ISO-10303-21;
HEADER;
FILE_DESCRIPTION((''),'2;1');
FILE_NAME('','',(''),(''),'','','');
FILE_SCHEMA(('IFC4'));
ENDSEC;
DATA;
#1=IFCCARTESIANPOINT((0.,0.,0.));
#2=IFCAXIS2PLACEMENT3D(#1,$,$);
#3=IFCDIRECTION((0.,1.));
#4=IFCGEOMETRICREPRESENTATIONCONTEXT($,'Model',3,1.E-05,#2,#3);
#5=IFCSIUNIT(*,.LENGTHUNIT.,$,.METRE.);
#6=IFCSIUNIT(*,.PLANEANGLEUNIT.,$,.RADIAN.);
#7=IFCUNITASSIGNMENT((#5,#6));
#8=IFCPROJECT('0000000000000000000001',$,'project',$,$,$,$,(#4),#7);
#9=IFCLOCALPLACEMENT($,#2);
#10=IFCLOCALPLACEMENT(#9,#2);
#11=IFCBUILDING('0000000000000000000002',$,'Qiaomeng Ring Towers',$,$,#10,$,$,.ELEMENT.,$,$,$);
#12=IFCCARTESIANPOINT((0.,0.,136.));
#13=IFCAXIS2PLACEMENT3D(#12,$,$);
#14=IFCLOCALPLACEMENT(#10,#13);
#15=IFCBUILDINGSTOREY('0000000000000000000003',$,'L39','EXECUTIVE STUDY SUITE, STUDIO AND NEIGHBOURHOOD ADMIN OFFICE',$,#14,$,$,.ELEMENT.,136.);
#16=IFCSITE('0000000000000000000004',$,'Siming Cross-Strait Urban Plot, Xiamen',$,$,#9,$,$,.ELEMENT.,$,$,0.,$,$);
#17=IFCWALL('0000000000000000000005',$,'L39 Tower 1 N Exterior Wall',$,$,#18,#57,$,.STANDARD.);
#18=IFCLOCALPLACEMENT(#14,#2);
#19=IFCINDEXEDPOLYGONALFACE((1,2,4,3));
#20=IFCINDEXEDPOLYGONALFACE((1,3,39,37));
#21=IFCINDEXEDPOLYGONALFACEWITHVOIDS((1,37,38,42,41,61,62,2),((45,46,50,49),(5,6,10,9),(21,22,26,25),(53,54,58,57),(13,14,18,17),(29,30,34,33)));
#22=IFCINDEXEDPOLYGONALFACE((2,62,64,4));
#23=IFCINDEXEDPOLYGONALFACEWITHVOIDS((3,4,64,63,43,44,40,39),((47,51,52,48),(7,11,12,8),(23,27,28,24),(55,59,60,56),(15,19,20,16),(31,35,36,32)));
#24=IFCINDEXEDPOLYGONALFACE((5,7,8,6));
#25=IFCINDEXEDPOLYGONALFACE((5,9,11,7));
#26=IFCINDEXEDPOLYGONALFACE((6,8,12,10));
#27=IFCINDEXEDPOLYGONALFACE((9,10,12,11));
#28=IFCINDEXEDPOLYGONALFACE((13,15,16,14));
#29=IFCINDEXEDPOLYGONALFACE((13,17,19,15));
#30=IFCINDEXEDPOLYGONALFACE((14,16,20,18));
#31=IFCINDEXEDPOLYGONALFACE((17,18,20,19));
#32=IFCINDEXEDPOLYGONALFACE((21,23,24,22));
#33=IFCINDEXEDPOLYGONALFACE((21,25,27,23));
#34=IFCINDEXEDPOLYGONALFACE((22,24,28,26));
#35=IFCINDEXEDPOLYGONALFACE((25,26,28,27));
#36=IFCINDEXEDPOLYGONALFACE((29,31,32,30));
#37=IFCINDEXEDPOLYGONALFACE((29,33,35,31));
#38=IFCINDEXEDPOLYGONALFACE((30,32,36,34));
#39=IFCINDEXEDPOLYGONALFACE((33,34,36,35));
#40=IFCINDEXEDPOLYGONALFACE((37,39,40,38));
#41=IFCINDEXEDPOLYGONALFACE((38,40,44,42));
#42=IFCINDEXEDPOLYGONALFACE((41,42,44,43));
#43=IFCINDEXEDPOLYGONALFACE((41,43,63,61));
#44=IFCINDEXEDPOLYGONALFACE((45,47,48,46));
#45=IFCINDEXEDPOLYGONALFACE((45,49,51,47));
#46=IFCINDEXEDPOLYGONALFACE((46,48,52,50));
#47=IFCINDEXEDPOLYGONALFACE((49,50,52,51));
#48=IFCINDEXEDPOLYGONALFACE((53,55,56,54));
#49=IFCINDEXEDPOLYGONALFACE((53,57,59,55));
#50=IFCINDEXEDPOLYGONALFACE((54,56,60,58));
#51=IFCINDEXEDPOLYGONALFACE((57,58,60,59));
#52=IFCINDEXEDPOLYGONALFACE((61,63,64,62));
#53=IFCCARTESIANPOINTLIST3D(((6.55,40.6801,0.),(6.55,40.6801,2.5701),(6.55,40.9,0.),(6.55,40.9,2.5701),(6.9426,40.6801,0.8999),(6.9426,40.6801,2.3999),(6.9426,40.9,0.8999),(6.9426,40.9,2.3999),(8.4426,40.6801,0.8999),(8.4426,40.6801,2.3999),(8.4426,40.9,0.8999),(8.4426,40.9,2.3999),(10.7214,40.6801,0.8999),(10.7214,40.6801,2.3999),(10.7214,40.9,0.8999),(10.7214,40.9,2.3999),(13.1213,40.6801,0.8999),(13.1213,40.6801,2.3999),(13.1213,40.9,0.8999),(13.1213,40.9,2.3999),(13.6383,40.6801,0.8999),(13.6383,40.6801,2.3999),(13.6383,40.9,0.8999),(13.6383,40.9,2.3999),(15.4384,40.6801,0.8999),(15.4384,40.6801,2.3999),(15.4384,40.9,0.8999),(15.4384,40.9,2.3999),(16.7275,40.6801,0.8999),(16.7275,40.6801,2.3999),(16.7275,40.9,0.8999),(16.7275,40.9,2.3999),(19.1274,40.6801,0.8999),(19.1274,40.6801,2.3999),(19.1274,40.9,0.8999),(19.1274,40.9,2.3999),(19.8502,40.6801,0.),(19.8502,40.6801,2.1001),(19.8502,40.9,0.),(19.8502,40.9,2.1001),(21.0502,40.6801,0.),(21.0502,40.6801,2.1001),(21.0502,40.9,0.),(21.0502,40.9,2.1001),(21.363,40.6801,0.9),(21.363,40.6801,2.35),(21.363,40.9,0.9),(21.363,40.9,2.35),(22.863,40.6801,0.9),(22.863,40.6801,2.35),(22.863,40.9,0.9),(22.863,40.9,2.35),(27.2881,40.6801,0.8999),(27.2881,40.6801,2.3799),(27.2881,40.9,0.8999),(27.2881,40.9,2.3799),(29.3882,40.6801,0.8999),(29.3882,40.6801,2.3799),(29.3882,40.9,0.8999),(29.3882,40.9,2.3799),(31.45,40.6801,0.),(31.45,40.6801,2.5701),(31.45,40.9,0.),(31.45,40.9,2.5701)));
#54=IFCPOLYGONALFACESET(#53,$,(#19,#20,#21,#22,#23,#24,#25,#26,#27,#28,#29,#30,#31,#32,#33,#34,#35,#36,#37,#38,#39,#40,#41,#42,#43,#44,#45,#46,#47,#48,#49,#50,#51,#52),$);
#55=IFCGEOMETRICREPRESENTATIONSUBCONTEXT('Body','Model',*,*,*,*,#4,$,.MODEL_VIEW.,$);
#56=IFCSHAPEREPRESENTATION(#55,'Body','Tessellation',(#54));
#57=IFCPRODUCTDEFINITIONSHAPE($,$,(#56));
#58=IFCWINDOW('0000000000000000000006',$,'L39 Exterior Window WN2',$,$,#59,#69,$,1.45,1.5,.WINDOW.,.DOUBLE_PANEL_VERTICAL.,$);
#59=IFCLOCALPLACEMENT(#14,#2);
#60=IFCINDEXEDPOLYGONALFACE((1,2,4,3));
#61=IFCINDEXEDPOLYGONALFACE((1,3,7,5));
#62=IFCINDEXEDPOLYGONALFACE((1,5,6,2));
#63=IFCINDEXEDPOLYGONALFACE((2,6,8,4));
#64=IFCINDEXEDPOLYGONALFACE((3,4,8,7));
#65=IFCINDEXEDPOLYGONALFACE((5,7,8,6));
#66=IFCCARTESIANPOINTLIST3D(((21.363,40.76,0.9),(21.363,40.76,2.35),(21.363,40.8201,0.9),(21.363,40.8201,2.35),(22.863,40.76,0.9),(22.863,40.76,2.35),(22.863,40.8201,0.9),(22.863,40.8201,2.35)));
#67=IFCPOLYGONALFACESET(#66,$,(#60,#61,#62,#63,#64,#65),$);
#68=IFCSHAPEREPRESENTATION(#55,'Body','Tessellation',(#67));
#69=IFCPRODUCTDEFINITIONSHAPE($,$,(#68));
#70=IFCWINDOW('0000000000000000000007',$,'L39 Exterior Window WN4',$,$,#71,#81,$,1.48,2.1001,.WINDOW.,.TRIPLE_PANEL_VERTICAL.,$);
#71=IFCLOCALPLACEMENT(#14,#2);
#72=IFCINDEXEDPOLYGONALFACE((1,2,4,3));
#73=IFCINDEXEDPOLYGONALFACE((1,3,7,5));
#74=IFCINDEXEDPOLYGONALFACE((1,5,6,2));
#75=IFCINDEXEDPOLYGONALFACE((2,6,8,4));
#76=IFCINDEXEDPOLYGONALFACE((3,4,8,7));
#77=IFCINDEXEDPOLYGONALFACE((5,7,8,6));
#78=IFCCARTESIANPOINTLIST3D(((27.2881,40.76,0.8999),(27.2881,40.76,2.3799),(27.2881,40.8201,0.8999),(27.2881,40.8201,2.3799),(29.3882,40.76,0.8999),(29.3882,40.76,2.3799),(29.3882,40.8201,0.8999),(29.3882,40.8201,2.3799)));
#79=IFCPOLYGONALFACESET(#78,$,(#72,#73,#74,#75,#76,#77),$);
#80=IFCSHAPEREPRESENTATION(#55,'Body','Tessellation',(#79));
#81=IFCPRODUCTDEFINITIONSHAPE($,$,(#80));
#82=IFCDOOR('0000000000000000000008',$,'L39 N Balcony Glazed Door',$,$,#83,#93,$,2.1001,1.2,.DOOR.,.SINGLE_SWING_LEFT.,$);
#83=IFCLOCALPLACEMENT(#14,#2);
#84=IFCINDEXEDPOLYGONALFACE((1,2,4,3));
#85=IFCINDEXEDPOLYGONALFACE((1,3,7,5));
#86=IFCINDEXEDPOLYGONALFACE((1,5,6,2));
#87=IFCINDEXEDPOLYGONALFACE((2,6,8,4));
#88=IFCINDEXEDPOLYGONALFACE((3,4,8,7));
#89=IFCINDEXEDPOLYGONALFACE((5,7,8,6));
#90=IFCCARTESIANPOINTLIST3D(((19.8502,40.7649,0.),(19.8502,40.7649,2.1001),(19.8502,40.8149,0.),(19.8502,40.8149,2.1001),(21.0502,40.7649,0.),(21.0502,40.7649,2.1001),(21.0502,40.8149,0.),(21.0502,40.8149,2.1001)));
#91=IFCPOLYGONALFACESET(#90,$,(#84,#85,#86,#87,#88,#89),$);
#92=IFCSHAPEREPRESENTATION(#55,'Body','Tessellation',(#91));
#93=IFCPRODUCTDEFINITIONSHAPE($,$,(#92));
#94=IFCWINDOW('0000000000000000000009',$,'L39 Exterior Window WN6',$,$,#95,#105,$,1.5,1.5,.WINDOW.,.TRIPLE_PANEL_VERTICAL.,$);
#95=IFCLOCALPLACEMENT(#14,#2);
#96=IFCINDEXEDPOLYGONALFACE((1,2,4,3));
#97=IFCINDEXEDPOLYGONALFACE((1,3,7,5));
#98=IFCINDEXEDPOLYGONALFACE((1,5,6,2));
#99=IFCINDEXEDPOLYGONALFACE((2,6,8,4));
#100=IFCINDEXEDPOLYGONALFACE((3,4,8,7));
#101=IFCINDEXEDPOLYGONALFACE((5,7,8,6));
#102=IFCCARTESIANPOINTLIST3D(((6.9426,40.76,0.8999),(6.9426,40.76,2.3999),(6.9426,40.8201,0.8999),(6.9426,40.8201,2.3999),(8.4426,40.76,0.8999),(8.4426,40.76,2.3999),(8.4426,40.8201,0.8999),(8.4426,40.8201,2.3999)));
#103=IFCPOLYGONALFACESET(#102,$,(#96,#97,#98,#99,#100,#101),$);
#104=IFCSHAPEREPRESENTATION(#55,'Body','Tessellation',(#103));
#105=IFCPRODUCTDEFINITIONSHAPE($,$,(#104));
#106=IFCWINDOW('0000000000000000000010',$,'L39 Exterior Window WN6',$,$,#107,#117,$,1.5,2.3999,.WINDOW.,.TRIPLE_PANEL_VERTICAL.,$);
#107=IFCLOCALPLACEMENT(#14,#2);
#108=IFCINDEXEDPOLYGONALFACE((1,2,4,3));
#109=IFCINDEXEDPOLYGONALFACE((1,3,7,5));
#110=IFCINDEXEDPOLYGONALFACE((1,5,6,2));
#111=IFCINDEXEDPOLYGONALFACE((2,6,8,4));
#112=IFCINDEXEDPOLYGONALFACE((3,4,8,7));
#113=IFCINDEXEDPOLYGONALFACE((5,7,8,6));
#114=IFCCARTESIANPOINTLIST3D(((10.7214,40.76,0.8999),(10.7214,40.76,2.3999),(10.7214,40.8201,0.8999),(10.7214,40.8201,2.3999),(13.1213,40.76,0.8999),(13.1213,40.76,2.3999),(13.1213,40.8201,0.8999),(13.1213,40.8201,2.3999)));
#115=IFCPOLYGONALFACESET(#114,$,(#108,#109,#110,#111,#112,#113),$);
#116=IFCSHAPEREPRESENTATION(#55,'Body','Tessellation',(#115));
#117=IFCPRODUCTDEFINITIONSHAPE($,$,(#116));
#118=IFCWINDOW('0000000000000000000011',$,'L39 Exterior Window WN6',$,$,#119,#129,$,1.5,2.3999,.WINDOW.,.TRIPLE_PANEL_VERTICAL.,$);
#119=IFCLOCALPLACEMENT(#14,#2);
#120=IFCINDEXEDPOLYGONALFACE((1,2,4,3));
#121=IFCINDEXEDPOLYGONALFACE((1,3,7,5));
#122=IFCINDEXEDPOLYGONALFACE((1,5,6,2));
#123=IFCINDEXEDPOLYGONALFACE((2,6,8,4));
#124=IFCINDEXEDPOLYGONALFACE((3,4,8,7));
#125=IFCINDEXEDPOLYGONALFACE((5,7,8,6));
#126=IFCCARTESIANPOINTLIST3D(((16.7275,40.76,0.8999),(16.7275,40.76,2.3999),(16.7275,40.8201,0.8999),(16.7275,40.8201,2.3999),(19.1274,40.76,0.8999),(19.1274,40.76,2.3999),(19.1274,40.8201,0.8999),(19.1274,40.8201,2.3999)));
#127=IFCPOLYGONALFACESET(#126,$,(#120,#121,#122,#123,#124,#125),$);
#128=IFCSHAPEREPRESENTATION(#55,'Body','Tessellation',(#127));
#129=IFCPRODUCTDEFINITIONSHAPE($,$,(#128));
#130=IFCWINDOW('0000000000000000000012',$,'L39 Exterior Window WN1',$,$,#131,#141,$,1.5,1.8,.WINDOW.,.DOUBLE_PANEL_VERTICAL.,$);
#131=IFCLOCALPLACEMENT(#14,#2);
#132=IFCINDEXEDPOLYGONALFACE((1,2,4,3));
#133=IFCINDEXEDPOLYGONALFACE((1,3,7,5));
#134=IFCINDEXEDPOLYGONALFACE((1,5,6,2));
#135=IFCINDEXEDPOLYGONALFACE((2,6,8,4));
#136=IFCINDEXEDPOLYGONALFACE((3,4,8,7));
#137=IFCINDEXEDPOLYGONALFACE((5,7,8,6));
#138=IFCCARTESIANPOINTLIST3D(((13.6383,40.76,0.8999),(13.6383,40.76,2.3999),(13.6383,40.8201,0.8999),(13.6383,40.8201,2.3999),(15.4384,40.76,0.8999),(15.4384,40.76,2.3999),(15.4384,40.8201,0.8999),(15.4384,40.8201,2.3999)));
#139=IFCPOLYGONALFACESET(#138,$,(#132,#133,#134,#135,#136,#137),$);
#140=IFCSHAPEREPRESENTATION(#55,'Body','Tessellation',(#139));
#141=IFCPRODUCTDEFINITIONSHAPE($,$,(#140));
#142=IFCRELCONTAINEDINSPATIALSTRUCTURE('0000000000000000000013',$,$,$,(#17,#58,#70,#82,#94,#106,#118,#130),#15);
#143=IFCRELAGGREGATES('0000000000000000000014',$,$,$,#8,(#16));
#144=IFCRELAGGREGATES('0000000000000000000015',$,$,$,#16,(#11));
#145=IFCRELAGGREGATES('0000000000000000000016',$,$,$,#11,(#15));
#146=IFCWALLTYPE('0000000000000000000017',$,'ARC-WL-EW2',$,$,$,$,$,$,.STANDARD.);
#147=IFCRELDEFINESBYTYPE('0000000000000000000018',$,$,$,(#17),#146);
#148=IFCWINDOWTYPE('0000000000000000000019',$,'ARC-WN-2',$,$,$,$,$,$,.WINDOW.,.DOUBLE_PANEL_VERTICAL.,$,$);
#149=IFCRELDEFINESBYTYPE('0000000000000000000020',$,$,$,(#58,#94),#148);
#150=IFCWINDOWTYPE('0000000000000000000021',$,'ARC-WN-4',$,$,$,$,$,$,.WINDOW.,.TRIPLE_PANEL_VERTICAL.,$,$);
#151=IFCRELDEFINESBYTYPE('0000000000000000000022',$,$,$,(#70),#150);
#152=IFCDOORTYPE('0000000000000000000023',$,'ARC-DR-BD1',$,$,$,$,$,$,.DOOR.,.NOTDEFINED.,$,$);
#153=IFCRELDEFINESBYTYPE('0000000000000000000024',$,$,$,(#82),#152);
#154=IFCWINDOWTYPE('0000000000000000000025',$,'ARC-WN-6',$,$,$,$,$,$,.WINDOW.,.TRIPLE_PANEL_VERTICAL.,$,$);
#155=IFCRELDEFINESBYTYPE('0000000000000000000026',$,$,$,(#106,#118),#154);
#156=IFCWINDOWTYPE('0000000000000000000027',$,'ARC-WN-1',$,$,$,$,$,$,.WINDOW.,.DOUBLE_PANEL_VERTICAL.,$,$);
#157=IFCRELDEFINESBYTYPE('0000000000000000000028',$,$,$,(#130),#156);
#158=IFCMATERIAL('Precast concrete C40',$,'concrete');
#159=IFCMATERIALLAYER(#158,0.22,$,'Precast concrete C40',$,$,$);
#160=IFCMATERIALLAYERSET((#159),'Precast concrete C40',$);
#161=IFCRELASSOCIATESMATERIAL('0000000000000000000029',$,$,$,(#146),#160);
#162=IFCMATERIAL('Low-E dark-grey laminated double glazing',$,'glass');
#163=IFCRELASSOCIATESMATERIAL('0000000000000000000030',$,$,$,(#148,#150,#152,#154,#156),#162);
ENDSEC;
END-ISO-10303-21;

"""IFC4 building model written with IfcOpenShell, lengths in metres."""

from ifc_helpers import new_model, si_unit, direction, frame, frame_2d, origin, place, context, subcontext, project, spatial, rectangle, extrude, source, transform, mapped, material, layer, layer_set, type_object, element, fill, save


model = new_model("IFC4")

# Units and contexts
model_context = context("Model", 3, precision=1e-05, world=origin(), true_north=direction((0.0, 1.0)))
body_context = subcontext(model_context, "Body", "Model", "MODEL_VIEW")
ifc_project = project(units=[si_unit("LENGTHUNIT", "METRE"), si_unit("PLANEANGLEUNIT", "RADIAN")], contexts=[model_context])

# Site, building, storey
site_placement = place(None, origin())
site = spatial("IfcSite", under=ifc_project, at=site_placement, Name="Siming Cross-Strait Urban Plot, Xiamen", CompositionType="ELEMENT", RefElevation=0.0)
building_placement = place(site_placement, origin())
building = spatial("IfcBuilding", under=site, at=building_placement, Name="Qiaomeng Ring Towers", CompositionType="ELEMENT")
storey_placement = place(building_placement, frame((0.0, 0.0, 136.0)))
storey = spatial("IfcBuildingStorey", under=building, at=storey_placement, Name="L39", Description="EXECUTIVE STUDY SUITE, STUDIO AND NEIGHBOURHOOD ADMIN OFFICE", CompositionType="ELEMENT", Elevation=136.0)

# Shared definitions
ifc_material_1 = material(Name="Low-E dark-grey laminated double glazing", Category="glass")

# Wall, openings, windows, door
ifc_material_2 = material(Name="Precast concrete C40", Category="concrete")
ifc_layer_1 = layer(ifc_material_2, 0.22, Name="Precast concrete C40")
ifc_layer_set_1 = layer_set([ifc_layer_1], Name="Precast concrete C40")
wall_type_1 = type_object("IfcWallType", Name="ARC-WL-EW2", PredefinedType="STANDARD", material=ifc_layer_set_1)
wall_1_placement = place(storey_placement, frame((6.55, 40.79, 0.0), z_axis=(0.0, 0.0, 1.0), x_axis=(1.0, 0.0, 0.0)))
wall_1 = element("IfcWall", 1, at=wall_1_placement, inside=storey, type_object=wall_type_1, Name="L39 Tower 1 N Exterior Wall", PredefinedType="STANDARD", context=body_context, shape_type="SweptSolid", body=[
    extrude(rectangle(XDim=24.8999, YDim=0.22, at=frame_2d((12.45, 0.0))), origin(), (0.0, 0.0, 1.0), 2.5701),
])
opening_1_placement = place(wall_1_placement, frame((13.3, 0.0, 0.0)))
opening_1 = element("IfcOpeningElement", 2, at=opening_1_placement, cuts=wall_1, PredefinedType="OPENING", context=body_context, shape_type="SweptSolid", body=[
    extrude(rectangle(XDim=1.2, YDim=2.1001, at=frame_2d((0.6001, 1.05))), frame((0.0, 0.1199, 0.0), z_axis=(0.0, -1.0, 0.0), x_axis=(1.0, 0.0, 0.0)), (0.0, 0.0, 1.0), 0.24),
])
opening_2_placement = place(wall_1_placement, frame((0.3926, 0.0, 0.8999)))
opening_2 = element("IfcOpeningElement", 3, at=opening_2_placement, cuts=wall_1, PredefinedType="OPENING", context=body_context, shape_type="SweptSolid", body=[
    extrude(rectangle(XDim=1.5, YDim=1.5, at=frame_2d((0.75, 0.75))), frame((0.0, 0.1199, 0.0), z_axis=(0.0, -1.0, 0.0), x_axis=(1.0, 0.0, 0.0)), (0.0, 0.0, 1.0), 0.24),
])
opening_3_placement = place(wall_1_placement, frame((7.0884, 0.0, 0.8999)))
opening_3 = element("IfcOpeningElement", 4, at=opening_3_placement, cuts=wall_1, PredefinedType="OPENING", context=body_context, shape_type="SweptSolid", body=[
    extrude(rectangle(XDim=1.8, YDim=1.5, at=frame_2d((0.8999, 0.75))), frame((0.0, 0.1199, 0.0), z_axis=(0.0, -1.0, 0.0), x_axis=(1.0, 0.0, 0.0)), (0.0, 0.0, 1.0), 0.24),
])
opening_4_placement = place(wall_1_placement, frame((14.813, 0.0, 0.8999)))
opening_4 = element("IfcOpeningElement", 5, at=opening_4_placement, cuts=wall_1, PredefinedType="OPENING", context=body_context, shape_type="SweptSolid", body=[
    extrude(rectangle(XDim=1.5, YDim=1.45, at=frame_2d((0.75, 0.7251))), frame((0.0, 0.1199, 0.0), z_axis=(0.0, -1.0, 0.0), x_axis=(1.0, 0.0, 0.0)), (0.0, 0.0, 1.0), 0.24),
])
opening_5_placement = place(wall_1_placement, frame((20.738, 0.0, 0.8999)))
opening_5 = element("IfcOpeningElement", 6, at=opening_5_placement, cuts=wall_1, PredefinedType="OPENING", context=body_context, shape_type="SweptSolid", body=[
    extrude(rectangle(XDim=2.1001, YDim=1.48, at=frame_2d((1.05, 0.74))), frame((0.0, 0.1199, 0.0), z_axis=(0.0, -1.0, 0.0), x_axis=(1.0, 0.0, 0.0)), (0.0, 0.0, 1.0), 0.24),
])
opening_6_placement = place(wall_1_placement, frame((4.1714, 0.0, 0.8999)))
opening_6 = element("IfcOpeningElement", 7, at=opening_6_placement, cuts=wall_1, PredefinedType="OPENING", context=body_context, shape_type="SweptSolid", body=[
    extrude(rectangle(XDim=2.3999, YDim=1.5, at=frame_2d((1.2, 0.75))), frame((0.0, 0.1199, 0.0), z_axis=(0.0, -1.0, 0.0), x_axis=(1.0, 0.0, 0.0)), (0.0, 0.0, 1.0), 0.24),
])
opening_7_placement = place(wall_1_placement, frame((10.1775, 0.0, 0.8999)))
opening_7 = element("IfcOpeningElement", 8, at=opening_7_placement, cuts=wall_1, PredefinedType="OPENING", context=body_context, shape_type="SweptSolid", body=[
    extrude(rectangle(XDim=2.3999, YDim=1.5, at=frame_2d((1.2, 0.75))), frame((0.0, 0.1199, 0.0), z_axis=(0.0, -1.0, 0.0), x_axis=(1.0, 0.0, 0.0)), (0.0, 0.0, 1.0), 0.24),
])
window_type_1 = type_object("IfcWindowType", Name="ARC-WN-2", PartitioningType="DOUBLE_PANEL_VERTICAL", PredefinedType="WINDOW", material=ifc_material_1)
shared_shape_1 = source(origin(), body_context, "Body", "SweptSolid", [
    extrude(rectangle(XDim=1.5, YDim=1.45, at=frame_2d((0.75, 0.7251))), frame((0.0, 0.03, 0.0), z_axis=(0.0, -1.0, 0.0), x_axis=(1.0, 0.0, 0.0)), (0.0, 0.0, 1.0), 0.0601),
])
window_1_placement = place(opening_4_placement, origin())
window_1 = element("IfcWindow", 9, at=window_1_placement, inside=storey, type_object=window_type_1, Name="L39 Exterior Window WN2", OverallHeight=1.45, OverallWidth=1.5, PartitioningType="DOUBLE_PANEL_VERTICAL", PredefinedType="WINDOW", context=body_context, shape_type="MappedRepresentation", body=[
    mapped(shared_shape_1, transform((0.0, 0.0, 0.0), x_axis=(1.0, 0.0, 0.0), y_axis=(0.0, 1.0, 0.0), z_axis=(0.0, 0.0, 1.0), scale=1.0)),
])
fill(opening_4, window_1)
window_type_2 = type_object("IfcWindowType", Name="ARC-WN-4", PartitioningType="TRIPLE_PANEL_VERTICAL", PredefinedType="WINDOW", material=ifc_material_1)
shared_shape_2 = source(origin(), body_context, "Body", "SweptSolid", [
    extrude(rectangle(XDim=2.1001, YDim=1.48, at=frame_2d((1.05, 0.74))), frame((0.0, 0.03, 0.0), z_axis=(0.0, -1.0, 0.0), x_axis=(1.0, 0.0, 0.0)), (0.0, 0.0, 1.0), 0.0601),
])
window_2_placement = place(opening_5_placement, origin())
window_2 = element("IfcWindow", 10, at=window_2_placement, inside=storey, type_object=window_type_2, Name="L39 Exterior Window WN4", OverallHeight=1.48, OverallWidth=2.1001, PartitioningType="TRIPLE_PANEL_VERTICAL", PredefinedType="WINDOW", context=body_context, shape_type="MappedRepresentation", body=[
    mapped(shared_shape_2, transform((0.0, 0.0, 0.0), x_axis=(1.0, 0.0, 0.0), y_axis=(0.0, 1.0, 0.0), z_axis=(0.0, 0.0, 1.0), scale=1.0)),
])
fill(opening_5, window_2)
door_type_1 = type_object("IfcDoorType", Name="ARC-DR-BD1", OperationType="NOTDEFINED", PredefinedType="DOOR", material=ifc_material_1)
shared_shape_3 = source(origin(), body_context, "Body", "SweptSolid", [
    extrude(rectangle(XDim=1.2, YDim=2.1001, at=frame_2d((0.6001, 1.05))), frame((0.0, 0.0249, 0.0), z_axis=(0.0, -1.0, 0.0), x_axis=(1.0, 0.0, 0.0)), (0.0, 0.0, 1.0), 0.05),
])
door_1_placement = place(opening_1_placement, origin())
door_1 = element("IfcDoor", 11, at=door_1_placement, inside=storey, type_object=door_type_1, Name="L39 N Balcony Glazed Door", OperationType="SINGLE_SWING_LEFT", OverallHeight=2.1001, OverallWidth=1.2, PredefinedType="DOOR", context=body_context, shape_type="MappedRepresentation", body=[
    mapped(shared_shape_3, transform((0.0, 0.0, 0.0), x_axis=(1.0, 0.0, 0.0), y_axis=(0.0, 1.0, 0.0), z_axis=(0.0, 0.0, 1.0), scale=1.0)),
])
fill(opening_1, door_1)
shared_shape_4 = source(origin(), body_context, "Body", "SweptSolid", [
    extrude(rectangle(XDim=1.5, YDim=1.5, at=frame_2d((0.75, 0.75))), frame((0.0, 0.03, 0.0), z_axis=(0.0, -1.0, 0.0), x_axis=(1.0, 0.0, 0.0)), (0.0, 0.0, 1.0), 0.0601),
])
window_3_placement = place(opening_2_placement, origin())
window_3 = element("IfcWindow", 12, at=window_3_placement, inside=storey, type_object=window_type_1, Name="L39 Exterior Window WN6", OverallHeight=1.5, OverallWidth=1.5, PartitioningType="TRIPLE_PANEL_VERTICAL", PredefinedType="WINDOW", context=body_context, shape_type="MappedRepresentation", body=[
    mapped(shared_shape_4, transform((0.0, 0.0, 0.0), x_axis=(1.0, 0.0, 0.0), y_axis=(0.0, 1.0, 0.0), z_axis=(0.0, 0.0, 1.0), scale=1.0)),
])
fill(opening_2, window_3)
window_type_3 = type_object("IfcWindowType", Name="ARC-WN-6", PartitioningType="TRIPLE_PANEL_VERTICAL", PredefinedType="WINDOW", material=ifc_material_1)
shared_shape_5 = source(origin(), body_context, "Body", "SweptSolid", [
    extrude(rectangle(XDim=2.3999, YDim=1.5, at=frame_2d((1.2, 0.75))), frame((0.0, 0.03, 0.0), z_axis=(0.0, -1.0, 0.0), x_axis=(1.0, 0.0, 0.0)), (0.0, 0.0, 1.0), 0.0601),
])
window_4_placement = place(opening_6_placement, origin())
window_4 = element("IfcWindow", 13, at=window_4_placement, inside=storey, type_object=window_type_3, Name="L39 Exterior Window WN6", OverallHeight=1.5, OverallWidth=2.3999, PartitioningType="TRIPLE_PANEL_VERTICAL", PredefinedType="WINDOW", context=body_context, shape_type="MappedRepresentation", body=[
    mapped(shared_shape_5, transform((0.0, 0.0, 0.0), x_axis=(1.0, 0.0, 0.0), y_axis=(0.0, 1.0, 0.0), z_axis=(0.0, 0.0, 1.0), scale=1.0)),
])
fill(opening_6, window_4)
window_5_placement = place(opening_7_placement, origin())
window_5 = element("IfcWindow", 14, at=window_5_placement, inside=storey, type_object=window_type_3, Name="L39 Exterior Window WN6", OverallHeight=1.5, OverallWidth=2.3999, PartitioningType="TRIPLE_PANEL_VERTICAL", PredefinedType="WINDOW", context=body_context, shape_type="MappedRepresentation", body=[
    mapped(shared_shape_5, transform((0.0, 0.0, 0.0), x_axis=(1.0, 0.0, 0.0), y_axis=(0.0, 1.0, 0.0), z_axis=(0.0, 0.0, 1.0), scale=1.0)),
])
fill(opening_7, window_5)
window_type_4 = type_object("IfcWindowType", Name="ARC-WN-1", PartitioningType="DOUBLE_PANEL_VERTICAL", PredefinedType="WINDOW", material=ifc_material_1)
shared_shape_6 = source(origin(), body_context, "Body", "SweptSolid", [
    extrude(rectangle(XDim=1.8, YDim=1.5, at=frame_2d((0.8999, 0.75))), frame((0.0, 0.03, 0.0), z_axis=(0.0, -1.0, 0.0), x_axis=(1.0, 0.0, 0.0)), (0.0, 0.0, 1.0), 0.0601),
])
window_6_placement = place(opening_3_placement, origin())
window_6 = element("IfcWindow", 15, at=window_6_placement, inside=storey, type_object=window_type_4, Name="L39 Exterior Window WN1", OverallHeight=1.5, OverallWidth=1.8, PartitioningType="DOUBLE_PANEL_VERTICAL", PredefinedType="WINDOW", context=body_context, shape_type="MappedRepresentation", body=[
    mapped(shared_shape_6, transform((0.0, 0.0, 0.0), x_axis=(1.0, 0.0, 0.0), y_axis=(0.0, 1.0, 0.0), z_axis=(0.0, 0.0, 1.0), scale=1.0)),
])
fill(opening_3, window_6)

save(model, "model.ifc")
